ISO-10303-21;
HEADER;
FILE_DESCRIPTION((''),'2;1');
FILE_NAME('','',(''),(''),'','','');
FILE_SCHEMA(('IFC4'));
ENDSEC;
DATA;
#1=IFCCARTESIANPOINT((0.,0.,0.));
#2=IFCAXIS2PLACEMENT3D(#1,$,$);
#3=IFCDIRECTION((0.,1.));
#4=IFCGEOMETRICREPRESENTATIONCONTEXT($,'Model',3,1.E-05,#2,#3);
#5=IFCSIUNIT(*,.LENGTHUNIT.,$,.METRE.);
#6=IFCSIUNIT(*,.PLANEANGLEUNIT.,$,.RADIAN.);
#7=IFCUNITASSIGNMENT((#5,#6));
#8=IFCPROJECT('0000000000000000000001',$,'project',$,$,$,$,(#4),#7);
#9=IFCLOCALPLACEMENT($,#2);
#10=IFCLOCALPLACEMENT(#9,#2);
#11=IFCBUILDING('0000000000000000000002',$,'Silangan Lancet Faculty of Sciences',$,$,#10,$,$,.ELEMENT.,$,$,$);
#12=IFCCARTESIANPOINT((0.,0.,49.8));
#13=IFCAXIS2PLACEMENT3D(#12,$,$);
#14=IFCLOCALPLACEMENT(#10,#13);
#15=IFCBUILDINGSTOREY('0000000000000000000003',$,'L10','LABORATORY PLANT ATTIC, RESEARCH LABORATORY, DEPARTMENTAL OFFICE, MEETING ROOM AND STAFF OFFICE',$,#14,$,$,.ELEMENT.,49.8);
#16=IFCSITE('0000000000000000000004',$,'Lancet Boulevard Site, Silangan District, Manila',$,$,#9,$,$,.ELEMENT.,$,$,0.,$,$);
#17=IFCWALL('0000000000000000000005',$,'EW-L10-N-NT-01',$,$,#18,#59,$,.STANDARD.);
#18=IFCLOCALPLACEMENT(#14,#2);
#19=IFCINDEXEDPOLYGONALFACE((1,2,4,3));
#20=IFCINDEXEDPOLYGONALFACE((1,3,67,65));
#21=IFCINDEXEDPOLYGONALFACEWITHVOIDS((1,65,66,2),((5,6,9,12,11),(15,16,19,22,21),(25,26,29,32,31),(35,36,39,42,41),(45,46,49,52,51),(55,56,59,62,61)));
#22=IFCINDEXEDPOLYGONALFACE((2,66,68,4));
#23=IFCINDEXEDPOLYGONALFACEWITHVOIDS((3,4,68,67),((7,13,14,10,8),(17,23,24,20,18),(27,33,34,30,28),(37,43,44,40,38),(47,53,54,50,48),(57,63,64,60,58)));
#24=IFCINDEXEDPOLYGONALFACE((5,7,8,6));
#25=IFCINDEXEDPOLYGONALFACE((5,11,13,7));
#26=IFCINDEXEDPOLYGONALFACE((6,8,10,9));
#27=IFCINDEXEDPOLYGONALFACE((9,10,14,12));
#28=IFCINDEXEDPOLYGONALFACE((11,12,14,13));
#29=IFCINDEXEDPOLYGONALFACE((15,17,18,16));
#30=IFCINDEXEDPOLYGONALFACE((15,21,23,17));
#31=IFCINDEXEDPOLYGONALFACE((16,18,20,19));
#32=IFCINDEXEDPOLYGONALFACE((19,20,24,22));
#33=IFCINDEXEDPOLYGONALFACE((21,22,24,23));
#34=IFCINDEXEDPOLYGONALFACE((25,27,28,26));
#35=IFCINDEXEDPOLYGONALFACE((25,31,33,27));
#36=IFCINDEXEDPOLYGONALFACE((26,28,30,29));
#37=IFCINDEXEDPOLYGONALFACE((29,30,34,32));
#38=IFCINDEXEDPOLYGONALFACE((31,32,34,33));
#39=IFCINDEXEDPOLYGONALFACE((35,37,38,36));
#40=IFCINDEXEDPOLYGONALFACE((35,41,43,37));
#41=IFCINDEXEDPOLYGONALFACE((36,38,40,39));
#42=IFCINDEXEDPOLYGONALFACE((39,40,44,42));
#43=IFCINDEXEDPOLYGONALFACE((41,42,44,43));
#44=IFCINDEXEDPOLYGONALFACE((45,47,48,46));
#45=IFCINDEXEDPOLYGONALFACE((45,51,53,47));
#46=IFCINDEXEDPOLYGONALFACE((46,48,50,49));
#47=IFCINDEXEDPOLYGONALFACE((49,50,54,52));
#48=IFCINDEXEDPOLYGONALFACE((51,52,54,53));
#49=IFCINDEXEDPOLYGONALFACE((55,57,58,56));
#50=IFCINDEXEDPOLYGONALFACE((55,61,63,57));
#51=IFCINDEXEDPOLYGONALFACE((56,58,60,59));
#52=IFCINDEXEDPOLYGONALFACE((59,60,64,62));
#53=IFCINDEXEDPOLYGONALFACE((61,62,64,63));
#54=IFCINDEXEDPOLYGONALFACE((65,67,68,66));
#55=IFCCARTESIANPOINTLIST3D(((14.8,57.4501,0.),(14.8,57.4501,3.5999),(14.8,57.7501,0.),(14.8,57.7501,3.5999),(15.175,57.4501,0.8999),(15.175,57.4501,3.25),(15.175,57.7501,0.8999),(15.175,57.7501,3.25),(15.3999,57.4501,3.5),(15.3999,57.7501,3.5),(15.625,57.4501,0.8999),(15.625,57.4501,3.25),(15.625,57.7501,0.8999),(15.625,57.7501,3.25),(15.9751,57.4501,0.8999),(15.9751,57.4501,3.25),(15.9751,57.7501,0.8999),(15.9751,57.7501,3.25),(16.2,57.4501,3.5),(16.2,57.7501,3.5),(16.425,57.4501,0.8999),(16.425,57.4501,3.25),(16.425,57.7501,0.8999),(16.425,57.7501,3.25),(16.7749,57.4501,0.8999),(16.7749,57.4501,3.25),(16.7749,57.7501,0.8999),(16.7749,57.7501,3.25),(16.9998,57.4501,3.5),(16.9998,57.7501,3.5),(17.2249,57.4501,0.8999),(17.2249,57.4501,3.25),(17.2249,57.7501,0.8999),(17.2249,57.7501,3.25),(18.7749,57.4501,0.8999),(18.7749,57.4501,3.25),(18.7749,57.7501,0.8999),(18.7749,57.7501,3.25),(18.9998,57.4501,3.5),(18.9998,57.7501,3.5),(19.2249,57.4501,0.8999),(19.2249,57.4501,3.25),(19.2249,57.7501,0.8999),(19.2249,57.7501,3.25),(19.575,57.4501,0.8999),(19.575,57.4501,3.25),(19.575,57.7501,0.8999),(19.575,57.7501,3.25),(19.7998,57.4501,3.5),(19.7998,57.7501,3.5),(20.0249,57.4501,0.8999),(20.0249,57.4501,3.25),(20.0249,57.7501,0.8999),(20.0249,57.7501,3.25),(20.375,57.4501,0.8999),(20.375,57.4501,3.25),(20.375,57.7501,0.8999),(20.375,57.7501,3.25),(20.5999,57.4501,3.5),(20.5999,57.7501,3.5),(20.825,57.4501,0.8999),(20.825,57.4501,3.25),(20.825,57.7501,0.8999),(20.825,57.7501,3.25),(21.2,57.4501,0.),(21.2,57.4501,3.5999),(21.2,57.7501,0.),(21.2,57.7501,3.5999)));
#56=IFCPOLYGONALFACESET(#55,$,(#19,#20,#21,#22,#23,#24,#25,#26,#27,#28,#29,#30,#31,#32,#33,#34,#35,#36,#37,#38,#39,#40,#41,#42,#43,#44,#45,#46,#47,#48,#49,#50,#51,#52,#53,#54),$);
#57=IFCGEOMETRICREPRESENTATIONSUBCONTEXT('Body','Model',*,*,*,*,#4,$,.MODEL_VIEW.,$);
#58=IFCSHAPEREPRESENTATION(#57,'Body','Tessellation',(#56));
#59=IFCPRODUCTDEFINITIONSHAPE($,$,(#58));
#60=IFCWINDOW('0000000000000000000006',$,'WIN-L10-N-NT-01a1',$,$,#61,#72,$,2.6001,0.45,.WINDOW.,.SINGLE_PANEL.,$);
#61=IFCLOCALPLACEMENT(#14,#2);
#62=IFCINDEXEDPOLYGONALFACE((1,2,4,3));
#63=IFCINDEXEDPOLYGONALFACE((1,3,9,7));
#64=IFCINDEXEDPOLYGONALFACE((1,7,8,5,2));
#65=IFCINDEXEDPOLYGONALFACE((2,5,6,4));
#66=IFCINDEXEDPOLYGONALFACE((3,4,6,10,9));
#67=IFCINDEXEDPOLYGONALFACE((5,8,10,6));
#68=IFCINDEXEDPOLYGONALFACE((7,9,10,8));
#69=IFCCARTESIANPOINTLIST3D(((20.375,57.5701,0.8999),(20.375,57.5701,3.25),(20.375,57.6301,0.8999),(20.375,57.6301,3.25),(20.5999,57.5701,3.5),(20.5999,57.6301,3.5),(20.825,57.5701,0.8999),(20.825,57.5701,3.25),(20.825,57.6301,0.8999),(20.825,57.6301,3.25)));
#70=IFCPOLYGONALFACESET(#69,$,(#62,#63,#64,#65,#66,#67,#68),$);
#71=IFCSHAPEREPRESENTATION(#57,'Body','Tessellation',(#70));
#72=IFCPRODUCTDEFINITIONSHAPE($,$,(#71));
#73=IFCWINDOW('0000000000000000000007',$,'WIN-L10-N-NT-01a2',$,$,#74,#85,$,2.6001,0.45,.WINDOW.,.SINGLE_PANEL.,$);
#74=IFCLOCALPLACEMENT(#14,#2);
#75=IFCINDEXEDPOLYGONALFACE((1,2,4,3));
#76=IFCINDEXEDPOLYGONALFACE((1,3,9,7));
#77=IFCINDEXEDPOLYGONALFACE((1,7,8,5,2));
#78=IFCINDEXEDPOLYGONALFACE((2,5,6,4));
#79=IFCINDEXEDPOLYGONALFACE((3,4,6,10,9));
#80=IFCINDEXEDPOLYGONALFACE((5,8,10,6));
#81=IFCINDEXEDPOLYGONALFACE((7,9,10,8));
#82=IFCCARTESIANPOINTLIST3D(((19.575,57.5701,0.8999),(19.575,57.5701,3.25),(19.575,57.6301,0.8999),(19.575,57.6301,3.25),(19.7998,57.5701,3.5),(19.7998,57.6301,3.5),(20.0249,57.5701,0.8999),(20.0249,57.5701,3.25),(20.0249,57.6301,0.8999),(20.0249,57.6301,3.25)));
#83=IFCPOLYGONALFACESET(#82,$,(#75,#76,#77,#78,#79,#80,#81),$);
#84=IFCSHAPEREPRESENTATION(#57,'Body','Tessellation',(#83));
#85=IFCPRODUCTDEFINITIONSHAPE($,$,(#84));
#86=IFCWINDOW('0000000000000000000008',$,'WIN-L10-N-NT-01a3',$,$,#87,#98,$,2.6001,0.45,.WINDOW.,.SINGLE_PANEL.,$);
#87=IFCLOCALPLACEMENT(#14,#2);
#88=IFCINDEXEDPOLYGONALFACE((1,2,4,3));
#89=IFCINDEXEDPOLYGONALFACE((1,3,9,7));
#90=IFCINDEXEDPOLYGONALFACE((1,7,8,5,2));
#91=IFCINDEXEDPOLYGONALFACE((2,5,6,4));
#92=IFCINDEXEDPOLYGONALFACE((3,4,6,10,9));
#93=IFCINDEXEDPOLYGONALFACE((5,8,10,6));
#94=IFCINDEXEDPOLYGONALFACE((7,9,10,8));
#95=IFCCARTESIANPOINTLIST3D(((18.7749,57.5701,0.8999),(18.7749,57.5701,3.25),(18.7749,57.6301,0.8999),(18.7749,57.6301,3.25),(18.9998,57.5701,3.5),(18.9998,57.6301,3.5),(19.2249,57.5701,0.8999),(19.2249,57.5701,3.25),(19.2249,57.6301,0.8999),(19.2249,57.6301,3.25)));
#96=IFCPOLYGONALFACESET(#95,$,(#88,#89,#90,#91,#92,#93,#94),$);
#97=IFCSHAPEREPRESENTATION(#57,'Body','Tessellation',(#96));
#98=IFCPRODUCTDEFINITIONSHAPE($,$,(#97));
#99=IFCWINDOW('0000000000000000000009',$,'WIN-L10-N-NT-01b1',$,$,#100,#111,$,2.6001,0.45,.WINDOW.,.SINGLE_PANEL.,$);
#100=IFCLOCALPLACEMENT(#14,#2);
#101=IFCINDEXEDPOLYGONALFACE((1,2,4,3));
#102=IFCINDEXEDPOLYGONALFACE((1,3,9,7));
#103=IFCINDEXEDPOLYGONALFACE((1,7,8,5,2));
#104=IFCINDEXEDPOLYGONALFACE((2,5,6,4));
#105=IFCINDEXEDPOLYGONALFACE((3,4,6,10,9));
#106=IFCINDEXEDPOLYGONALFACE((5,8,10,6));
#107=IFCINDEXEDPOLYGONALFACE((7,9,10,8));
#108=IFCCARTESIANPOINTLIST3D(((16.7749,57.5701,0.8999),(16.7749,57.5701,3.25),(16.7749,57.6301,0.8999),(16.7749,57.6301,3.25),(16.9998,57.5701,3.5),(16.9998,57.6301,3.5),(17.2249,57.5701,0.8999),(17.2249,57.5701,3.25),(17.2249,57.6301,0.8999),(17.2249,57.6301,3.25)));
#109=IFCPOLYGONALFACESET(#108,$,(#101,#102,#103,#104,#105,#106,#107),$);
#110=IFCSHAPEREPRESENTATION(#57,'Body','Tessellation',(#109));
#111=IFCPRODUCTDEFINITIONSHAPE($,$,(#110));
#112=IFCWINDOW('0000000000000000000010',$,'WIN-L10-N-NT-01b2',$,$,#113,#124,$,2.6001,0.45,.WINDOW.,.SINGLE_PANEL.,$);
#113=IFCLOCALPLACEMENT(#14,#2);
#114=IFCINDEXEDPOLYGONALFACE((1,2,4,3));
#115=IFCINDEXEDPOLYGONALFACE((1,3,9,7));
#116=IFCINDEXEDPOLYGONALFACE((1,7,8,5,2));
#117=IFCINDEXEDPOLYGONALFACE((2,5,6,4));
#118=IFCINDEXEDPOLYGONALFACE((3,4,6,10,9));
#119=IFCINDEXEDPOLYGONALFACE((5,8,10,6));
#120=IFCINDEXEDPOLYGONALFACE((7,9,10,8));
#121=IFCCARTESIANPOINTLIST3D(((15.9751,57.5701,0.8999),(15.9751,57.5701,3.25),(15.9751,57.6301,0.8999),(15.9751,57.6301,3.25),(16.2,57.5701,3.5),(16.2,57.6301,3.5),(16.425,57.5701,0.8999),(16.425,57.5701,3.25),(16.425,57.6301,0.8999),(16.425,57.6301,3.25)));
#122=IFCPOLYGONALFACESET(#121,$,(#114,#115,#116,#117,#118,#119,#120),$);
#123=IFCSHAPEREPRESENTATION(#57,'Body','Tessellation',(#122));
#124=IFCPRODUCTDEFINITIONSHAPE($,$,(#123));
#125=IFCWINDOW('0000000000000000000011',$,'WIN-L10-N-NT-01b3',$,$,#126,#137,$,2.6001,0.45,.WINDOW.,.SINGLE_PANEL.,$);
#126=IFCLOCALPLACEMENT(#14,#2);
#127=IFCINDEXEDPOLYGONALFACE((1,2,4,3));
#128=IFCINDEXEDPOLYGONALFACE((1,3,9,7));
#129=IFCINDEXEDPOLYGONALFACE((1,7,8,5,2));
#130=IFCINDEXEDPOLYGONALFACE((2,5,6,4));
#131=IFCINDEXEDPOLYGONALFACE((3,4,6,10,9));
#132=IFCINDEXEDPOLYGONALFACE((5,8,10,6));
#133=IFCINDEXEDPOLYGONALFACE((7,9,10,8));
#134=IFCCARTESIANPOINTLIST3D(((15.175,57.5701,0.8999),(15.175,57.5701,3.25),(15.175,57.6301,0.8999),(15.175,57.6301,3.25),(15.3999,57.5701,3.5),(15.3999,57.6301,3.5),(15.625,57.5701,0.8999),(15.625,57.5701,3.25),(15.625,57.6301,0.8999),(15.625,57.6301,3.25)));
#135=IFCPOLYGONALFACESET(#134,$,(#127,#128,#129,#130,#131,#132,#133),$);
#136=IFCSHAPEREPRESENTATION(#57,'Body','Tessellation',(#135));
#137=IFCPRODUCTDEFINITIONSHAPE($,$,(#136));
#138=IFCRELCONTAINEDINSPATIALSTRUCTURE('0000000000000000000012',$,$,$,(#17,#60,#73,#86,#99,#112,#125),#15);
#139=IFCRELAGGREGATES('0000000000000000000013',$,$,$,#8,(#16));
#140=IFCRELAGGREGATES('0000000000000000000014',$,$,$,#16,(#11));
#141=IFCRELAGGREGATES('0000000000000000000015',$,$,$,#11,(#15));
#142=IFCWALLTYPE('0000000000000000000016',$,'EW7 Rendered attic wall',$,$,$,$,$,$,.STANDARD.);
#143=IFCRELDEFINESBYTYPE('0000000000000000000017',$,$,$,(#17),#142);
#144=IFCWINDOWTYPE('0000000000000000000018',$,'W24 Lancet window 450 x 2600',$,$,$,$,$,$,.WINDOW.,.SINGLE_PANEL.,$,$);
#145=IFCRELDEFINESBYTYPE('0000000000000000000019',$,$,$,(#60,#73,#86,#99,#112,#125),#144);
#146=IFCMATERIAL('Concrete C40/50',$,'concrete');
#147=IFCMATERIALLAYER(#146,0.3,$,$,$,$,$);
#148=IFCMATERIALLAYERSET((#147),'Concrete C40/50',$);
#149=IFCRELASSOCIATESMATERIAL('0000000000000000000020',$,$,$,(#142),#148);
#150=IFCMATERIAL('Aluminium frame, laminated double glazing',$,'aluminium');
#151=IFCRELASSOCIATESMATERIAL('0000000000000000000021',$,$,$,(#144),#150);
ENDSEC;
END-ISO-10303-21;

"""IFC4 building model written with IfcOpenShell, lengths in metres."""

from ifc_helpers import new_model, si_unit, direction, frame, frame_2d, origin, place, context, subcontext, project, spatial, polyline, rectangle, outline, extrude, material, layer, layer_set, type_object, element, fill, save


model = new_model("IFC4")

# Units and contexts
model_context = context("Model", 3, precision=1e-05, world=origin(), true_north=direction((0.0, 1.0)))
body_context = subcontext(model_context, "Body", "Model", "MODEL_VIEW")
ifc_project = project(units=[si_unit("LENGTHUNIT", "METRE"), si_unit("PLANEANGLEUNIT", "RADIAN")], contexts=[model_context])

# Site, building, storey
site_placement = place(None, origin())
site = spatial("IfcSite", under=ifc_project, at=site_placement, Name="Lancet Boulevard Site, Silangan District, Manila", CompositionType="ELEMENT", RefElevation=0.0)
building_placement = place(site_placement, origin())
building = spatial("IfcBuilding", under=site, at=building_placement, Name="Silangan Lancet Faculty of Sciences", CompositionType="ELEMENT")
storey_placement = place(building_placement, frame((0.0, 0.0, 49.8)))
storey = spatial("IfcBuildingStorey", under=building, at=storey_placement, Name="L10", Description="LABORATORY PLANT ATTIC, RESEARCH LABORATORY, DEPARTMENTAL OFFICE, MEETING ROOM AND STAFF OFFICE", CompositionType="ELEMENT", Elevation=49.8)

# Wall, openings, windows
ifc_material_1 = material(Name="Concrete C40/50", Category="concrete")
ifc_layer_1 = layer(ifc_material_1, 0.3)
ifc_layer_set_1 = layer_set([ifc_layer_1], Name="Concrete C40/50")
wall_type_1 = type_object("IfcWallType", Name="EW7 Rendered attic wall", PredefinedType="STANDARD", material=ifc_layer_set_1)
wall_1_placement = place(storey_placement, frame((21.2, 57.6001, 0.0), z_axis=(0.0, 0.0, 1.0), x_axis=(-1.0, 0.0, 0.0)))
wall_1 = element("IfcWall", 1, at=wall_1_placement, inside=storey, type_object=wall_type_1, Name="EW-L10-N-NT-01", PredefinedType="STANDARD", context=body_context, shape_type="SweptSolid", body=[
    extrude(rectangle(XDim=6.3999, YDim=0.3, at=frame_2d((3.2, 0.0))), origin(), (0.0, 0.0, 1.0), 3.5999),
])
opening_1_placement = place(wall_1_placement, frame((0.375, 0.0, 0.8999)))
opening_1 = element("IfcOpeningElement", 2, at=opening_1_placement, cuts=wall_1, PredefinedType="OPENING", context=body_context, shape_type="SweptSolid", body=[
    extrude(outline(polyline([(0.0, 0.0), (0.45, 0.0), (0.45, 2.3501), (0.2251, 2.6001), (0.0, 2.3501), (0.0, 0.0)])), frame((0.0, 0.1599, 0.0), z_axis=(0.0, -1.0, 0.0), x_axis=(1.0, 0.0, 0.0)), (0.0, 0.0, 1.0), 0.3201),
])
opening_2_placement = place(wall_1_placement, frame((1.175, 0.0, 0.8999)))
opening_2 = element("IfcOpeningElement", 3, at=opening_2_placement, cuts=wall_1, PredefinedType="OPENING", context=body_context, shape_type="SweptSolid", body=[
    extrude(outline(polyline([(0.0, 0.0), (0.45, 0.0), (0.45, 2.3501), (0.2251, 2.6001), (0.0, 2.3501), (0.0, 0.0)])), frame((0.0, 0.1599, 0.0), z_axis=(0.0, -1.0, 0.0), x_axis=(1.0, 0.0, 0.0)), (0.0, 0.0, 1.0), 0.3201),
])
opening_3_placement = place(wall_1_placement, frame((1.9751, 0.0, 0.8999)))
opening_3 = element("IfcOpeningElement", 4, at=opening_3_placement, cuts=wall_1, PredefinedType="OPENING", context=body_context, shape_type="SweptSolid", body=[
    extrude(outline(polyline([(0.0, 0.0), (0.45, 0.0), (0.45, 2.3501), (0.2251, 2.6001), (0.0, 2.3501), (0.0, 0.0)])), frame((0.0, 0.1599, 0.0), z_axis=(0.0, -1.0, 0.0), x_axis=(1.0, 0.0, 0.0)), (0.0, 0.0, 1.0), 0.3201),
])
opening_4_placement = place(wall_1_placement, frame((3.9751, 0.0, 0.8999)))
opening_4 = element("IfcOpeningElement", 5, at=opening_4_placement, cuts=wall_1, PredefinedType="OPENING", context=body_context, shape_type="SweptSolid", body=[
    extrude(outline(polyline([(0.0, 0.0), (0.45, 0.0), (0.45, 2.3501), (0.2251, 2.6001), (0.0, 2.3501), (0.0, 0.0)])), frame((0.0, 0.1599, 0.0), z_axis=(0.0, -1.0, 0.0), x_axis=(1.0, 0.0, 0.0)), (0.0, 0.0, 1.0), 0.3201),
])
opening_5_placement = place(wall_1_placement, frame((4.7749, 0.0, 0.8999)))
opening_5 = element("IfcOpeningElement", 6, at=opening_5_placement, cuts=wall_1, PredefinedType="OPENING", context=body_context, shape_type="SweptSolid", body=[
    extrude(outline(polyline([(0.0, 0.0), (0.45, 0.0), (0.45, 2.3501), (0.2251, 2.6001), (0.0, 2.3501), (0.0, 0.0)])), frame((0.0, 0.1599, 0.0), z_axis=(0.0, -1.0, 0.0), x_axis=(1.0, 0.0, 0.0)), (0.0, 0.0, 1.0), 0.3201),
])
opening_6_placement = place(wall_1_placement, frame((5.575, 0.0, 0.8999)))
opening_6 = element("IfcOpeningElement", 7, at=opening_6_placement, cuts=wall_1, PredefinedType="OPENING", context=body_context, shape_type="SweptSolid", body=[
    extrude(outline(polyline([(0.0, 0.0), (0.45, 0.0), (0.45, 2.3501), (0.2251, 2.6001), (0.0, 2.3501), (0.0, 0.0)])), frame((0.0, 0.1599, 0.0), z_axis=(0.0, -1.0, 0.0), x_axis=(1.0, 0.0, 0.0)), (0.0, 0.0, 1.0), 0.3201),
])
ifc_material_2 = material(Name="Aluminium frame, laminated double glazing", Category="aluminium")
window_type = type_object("IfcWindowType", Name="W24 Lancet window 450 x 2600", PartitioningType="SINGLE_PANEL", PredefinedType="WINDOW", material=ifc_material_2)
window_1_placement = place(opening_1_placement, origin())
window_1 = element("IfcWindow", 8, at=window_1_placement, inside=storey, type_object=window_type, Name="WIN-L10-N-NT-01a1", OverallHeight=2.6001, OverallWidth=0.45, PartitioningType="SINGLE_PANEL", PredefinedType="WINDOW", context=body_context, shape_type="SweptSolid", body=[
    extrude(outline(polyline([(0.0, 0.0), (0.45, 0.0), (0.45, 2.3501), (0.2251, 2.6001), (0.0, 2.3501), (0.0, 0.0)])), frame((0.0, 0.03, 0.0), z_axis=(0.0, -1.0, 0.0), x_axis=(1.0, 0.0, 0.0)), (0.0, 0.0, 1.0), 0.0601),
])
fill(opening_1, window_1)
window_2_placement = place(opening_2_placement, origin())
window_2 = element("IfcWindow", 9, at=window_2_placement, inside=storey, type_object=window_type, Name="WIN-L10-N-NT-01a2", OverallHeight=2.6001, OverallWidth=0.45, PartitioningType="SINGLE_PANEL", PredefinedType="WINDOW", context=body_context, shape_type="SweptSolid", body=[
    extrude(outline(polyline([(0.0, 0.0), (0.45, 0.0), (0.45, 2.3501), (0.2251, 2.6001), (0.0, 2.3501), (0.0, 0.0)])), frame((0.0, 0.03, 0.0), z_axis=(0.0, -1.0, 0.0), x_axis=(1.0, 0.0, 0.0)), (0.0, 0.0, 1.0), 0.0601),
])
fill(opening_2, window_2)
window_3_placement = place(opening_3_placement, origin())
window_3 = element("IfcWindow", 10, at=window_3_placement, inside=storey, type_object=window_type, Name="WIN-L10-N-NT-01a3", OverallHeight=2.6001, OverallWidth=0.45, PartitioningType="SINGLE_PANEL", PredefinedType="WINDOW", context=body_context, shape_type="SweptSolid", body=[
    extrude(outline(polyline([(0.0, 0.0), (0.45, 0.0), (0.45, 2.3501), (0.2251, 2.6001), (0.0, 2.3501), (0.0, 0.0)])), frame((0.0, 0.03, 0.0), z_axis=(0.0, -1.0, 0.0), x_axis=(1.0, 0.0, 0.0)), (0.0, 0.0, 1.0), 0.0601),
])
fill(opening_3, window_3)
window_4_placement = place(opening_4_placement, origin())
window_4 = element("IfcWindow", 11, at=window_4_placement, inside=storey, type_object=window_type, Name="WIN-L10-N-NT-01b1", OverallHeight=2.6001, OverallWidth=0.45, PartitioningType="SINGLE_PANEL", PredefinedType="WINDOW", context=body_context, shape_type="SweptSolid", body=[
    extrude(outline(polyline([(0.0, 0.0), (0.45, 0.0), (0.45, 2.3501), (0.2251, 2.6001), (0.0, 2.3501), (0.0, 0.0)])), frame((0.0, 0.03, 0.0), z_axis=(0.0, -1.0, 0.0), x_axis=(1.0, 0.0, 0.0)), (0.0, 0.0, 1.0), 0.0601),
])
fill(opening_4, window_4)
window_5_placement = place(opening_5_placement, origin())
window_5 = element("IfcWindow", 12, at=window_5_placement, inside=storey, type_object=window_type, Name="WIN-L10-N-NT-01b2", OverallHeight=2.6001, OverallWidth=0.45, PartitioningType="SINGLE_PANEL", PredefinedType="WINDOW", context=body_context, shape_type="SweptSolid", body=[
    extrude(outline(polyline([(0.0, 0.0), (0.45, 0.0), (0.45, 2.3501), (0.2251, 2.6001), (0.0, 2.3501), (0.0, 0.0)])), frame((0.0, 0.03, 0.0), z_axis=(0.0, -1.0, 0.0), x_axis=(1.0, 0.0, 0.0)), (0.0, 0.0, 1.0), 0.0601),
])
fill(opening_5, window_5)
window_6_placement = place(opening_6_placement, origin())
window_6 = element("IfcWindow", 13, at=window_6_placement, inside=storey, type_object=window_type, Name="WIN-L10-N-NT-01b3", OverallHeight=2.6001, OverallWidth=0.45, PartitioningType="SINGLE_PANEL", PredefinedType="WINDOW", context=body_context, shape_type="SweptSolid", body=[
    extrude(outline(polyline([(0.0, 0.0), (0.45, 0.0), (0.45, 2.3501), (0.2251, 2.6001), (0.0, 2.3501), (0.0, 0.0)])), frame((0.0, 0.03, 0.0), z_axis=(0.0, -1.0, 0.0), x_axis=(1.0, 0.0, 0.0)), (0.0, 0.0, 1.0), 0.0601),
])
fill(opening_6, window_6)

save(model, "model.ifc")
